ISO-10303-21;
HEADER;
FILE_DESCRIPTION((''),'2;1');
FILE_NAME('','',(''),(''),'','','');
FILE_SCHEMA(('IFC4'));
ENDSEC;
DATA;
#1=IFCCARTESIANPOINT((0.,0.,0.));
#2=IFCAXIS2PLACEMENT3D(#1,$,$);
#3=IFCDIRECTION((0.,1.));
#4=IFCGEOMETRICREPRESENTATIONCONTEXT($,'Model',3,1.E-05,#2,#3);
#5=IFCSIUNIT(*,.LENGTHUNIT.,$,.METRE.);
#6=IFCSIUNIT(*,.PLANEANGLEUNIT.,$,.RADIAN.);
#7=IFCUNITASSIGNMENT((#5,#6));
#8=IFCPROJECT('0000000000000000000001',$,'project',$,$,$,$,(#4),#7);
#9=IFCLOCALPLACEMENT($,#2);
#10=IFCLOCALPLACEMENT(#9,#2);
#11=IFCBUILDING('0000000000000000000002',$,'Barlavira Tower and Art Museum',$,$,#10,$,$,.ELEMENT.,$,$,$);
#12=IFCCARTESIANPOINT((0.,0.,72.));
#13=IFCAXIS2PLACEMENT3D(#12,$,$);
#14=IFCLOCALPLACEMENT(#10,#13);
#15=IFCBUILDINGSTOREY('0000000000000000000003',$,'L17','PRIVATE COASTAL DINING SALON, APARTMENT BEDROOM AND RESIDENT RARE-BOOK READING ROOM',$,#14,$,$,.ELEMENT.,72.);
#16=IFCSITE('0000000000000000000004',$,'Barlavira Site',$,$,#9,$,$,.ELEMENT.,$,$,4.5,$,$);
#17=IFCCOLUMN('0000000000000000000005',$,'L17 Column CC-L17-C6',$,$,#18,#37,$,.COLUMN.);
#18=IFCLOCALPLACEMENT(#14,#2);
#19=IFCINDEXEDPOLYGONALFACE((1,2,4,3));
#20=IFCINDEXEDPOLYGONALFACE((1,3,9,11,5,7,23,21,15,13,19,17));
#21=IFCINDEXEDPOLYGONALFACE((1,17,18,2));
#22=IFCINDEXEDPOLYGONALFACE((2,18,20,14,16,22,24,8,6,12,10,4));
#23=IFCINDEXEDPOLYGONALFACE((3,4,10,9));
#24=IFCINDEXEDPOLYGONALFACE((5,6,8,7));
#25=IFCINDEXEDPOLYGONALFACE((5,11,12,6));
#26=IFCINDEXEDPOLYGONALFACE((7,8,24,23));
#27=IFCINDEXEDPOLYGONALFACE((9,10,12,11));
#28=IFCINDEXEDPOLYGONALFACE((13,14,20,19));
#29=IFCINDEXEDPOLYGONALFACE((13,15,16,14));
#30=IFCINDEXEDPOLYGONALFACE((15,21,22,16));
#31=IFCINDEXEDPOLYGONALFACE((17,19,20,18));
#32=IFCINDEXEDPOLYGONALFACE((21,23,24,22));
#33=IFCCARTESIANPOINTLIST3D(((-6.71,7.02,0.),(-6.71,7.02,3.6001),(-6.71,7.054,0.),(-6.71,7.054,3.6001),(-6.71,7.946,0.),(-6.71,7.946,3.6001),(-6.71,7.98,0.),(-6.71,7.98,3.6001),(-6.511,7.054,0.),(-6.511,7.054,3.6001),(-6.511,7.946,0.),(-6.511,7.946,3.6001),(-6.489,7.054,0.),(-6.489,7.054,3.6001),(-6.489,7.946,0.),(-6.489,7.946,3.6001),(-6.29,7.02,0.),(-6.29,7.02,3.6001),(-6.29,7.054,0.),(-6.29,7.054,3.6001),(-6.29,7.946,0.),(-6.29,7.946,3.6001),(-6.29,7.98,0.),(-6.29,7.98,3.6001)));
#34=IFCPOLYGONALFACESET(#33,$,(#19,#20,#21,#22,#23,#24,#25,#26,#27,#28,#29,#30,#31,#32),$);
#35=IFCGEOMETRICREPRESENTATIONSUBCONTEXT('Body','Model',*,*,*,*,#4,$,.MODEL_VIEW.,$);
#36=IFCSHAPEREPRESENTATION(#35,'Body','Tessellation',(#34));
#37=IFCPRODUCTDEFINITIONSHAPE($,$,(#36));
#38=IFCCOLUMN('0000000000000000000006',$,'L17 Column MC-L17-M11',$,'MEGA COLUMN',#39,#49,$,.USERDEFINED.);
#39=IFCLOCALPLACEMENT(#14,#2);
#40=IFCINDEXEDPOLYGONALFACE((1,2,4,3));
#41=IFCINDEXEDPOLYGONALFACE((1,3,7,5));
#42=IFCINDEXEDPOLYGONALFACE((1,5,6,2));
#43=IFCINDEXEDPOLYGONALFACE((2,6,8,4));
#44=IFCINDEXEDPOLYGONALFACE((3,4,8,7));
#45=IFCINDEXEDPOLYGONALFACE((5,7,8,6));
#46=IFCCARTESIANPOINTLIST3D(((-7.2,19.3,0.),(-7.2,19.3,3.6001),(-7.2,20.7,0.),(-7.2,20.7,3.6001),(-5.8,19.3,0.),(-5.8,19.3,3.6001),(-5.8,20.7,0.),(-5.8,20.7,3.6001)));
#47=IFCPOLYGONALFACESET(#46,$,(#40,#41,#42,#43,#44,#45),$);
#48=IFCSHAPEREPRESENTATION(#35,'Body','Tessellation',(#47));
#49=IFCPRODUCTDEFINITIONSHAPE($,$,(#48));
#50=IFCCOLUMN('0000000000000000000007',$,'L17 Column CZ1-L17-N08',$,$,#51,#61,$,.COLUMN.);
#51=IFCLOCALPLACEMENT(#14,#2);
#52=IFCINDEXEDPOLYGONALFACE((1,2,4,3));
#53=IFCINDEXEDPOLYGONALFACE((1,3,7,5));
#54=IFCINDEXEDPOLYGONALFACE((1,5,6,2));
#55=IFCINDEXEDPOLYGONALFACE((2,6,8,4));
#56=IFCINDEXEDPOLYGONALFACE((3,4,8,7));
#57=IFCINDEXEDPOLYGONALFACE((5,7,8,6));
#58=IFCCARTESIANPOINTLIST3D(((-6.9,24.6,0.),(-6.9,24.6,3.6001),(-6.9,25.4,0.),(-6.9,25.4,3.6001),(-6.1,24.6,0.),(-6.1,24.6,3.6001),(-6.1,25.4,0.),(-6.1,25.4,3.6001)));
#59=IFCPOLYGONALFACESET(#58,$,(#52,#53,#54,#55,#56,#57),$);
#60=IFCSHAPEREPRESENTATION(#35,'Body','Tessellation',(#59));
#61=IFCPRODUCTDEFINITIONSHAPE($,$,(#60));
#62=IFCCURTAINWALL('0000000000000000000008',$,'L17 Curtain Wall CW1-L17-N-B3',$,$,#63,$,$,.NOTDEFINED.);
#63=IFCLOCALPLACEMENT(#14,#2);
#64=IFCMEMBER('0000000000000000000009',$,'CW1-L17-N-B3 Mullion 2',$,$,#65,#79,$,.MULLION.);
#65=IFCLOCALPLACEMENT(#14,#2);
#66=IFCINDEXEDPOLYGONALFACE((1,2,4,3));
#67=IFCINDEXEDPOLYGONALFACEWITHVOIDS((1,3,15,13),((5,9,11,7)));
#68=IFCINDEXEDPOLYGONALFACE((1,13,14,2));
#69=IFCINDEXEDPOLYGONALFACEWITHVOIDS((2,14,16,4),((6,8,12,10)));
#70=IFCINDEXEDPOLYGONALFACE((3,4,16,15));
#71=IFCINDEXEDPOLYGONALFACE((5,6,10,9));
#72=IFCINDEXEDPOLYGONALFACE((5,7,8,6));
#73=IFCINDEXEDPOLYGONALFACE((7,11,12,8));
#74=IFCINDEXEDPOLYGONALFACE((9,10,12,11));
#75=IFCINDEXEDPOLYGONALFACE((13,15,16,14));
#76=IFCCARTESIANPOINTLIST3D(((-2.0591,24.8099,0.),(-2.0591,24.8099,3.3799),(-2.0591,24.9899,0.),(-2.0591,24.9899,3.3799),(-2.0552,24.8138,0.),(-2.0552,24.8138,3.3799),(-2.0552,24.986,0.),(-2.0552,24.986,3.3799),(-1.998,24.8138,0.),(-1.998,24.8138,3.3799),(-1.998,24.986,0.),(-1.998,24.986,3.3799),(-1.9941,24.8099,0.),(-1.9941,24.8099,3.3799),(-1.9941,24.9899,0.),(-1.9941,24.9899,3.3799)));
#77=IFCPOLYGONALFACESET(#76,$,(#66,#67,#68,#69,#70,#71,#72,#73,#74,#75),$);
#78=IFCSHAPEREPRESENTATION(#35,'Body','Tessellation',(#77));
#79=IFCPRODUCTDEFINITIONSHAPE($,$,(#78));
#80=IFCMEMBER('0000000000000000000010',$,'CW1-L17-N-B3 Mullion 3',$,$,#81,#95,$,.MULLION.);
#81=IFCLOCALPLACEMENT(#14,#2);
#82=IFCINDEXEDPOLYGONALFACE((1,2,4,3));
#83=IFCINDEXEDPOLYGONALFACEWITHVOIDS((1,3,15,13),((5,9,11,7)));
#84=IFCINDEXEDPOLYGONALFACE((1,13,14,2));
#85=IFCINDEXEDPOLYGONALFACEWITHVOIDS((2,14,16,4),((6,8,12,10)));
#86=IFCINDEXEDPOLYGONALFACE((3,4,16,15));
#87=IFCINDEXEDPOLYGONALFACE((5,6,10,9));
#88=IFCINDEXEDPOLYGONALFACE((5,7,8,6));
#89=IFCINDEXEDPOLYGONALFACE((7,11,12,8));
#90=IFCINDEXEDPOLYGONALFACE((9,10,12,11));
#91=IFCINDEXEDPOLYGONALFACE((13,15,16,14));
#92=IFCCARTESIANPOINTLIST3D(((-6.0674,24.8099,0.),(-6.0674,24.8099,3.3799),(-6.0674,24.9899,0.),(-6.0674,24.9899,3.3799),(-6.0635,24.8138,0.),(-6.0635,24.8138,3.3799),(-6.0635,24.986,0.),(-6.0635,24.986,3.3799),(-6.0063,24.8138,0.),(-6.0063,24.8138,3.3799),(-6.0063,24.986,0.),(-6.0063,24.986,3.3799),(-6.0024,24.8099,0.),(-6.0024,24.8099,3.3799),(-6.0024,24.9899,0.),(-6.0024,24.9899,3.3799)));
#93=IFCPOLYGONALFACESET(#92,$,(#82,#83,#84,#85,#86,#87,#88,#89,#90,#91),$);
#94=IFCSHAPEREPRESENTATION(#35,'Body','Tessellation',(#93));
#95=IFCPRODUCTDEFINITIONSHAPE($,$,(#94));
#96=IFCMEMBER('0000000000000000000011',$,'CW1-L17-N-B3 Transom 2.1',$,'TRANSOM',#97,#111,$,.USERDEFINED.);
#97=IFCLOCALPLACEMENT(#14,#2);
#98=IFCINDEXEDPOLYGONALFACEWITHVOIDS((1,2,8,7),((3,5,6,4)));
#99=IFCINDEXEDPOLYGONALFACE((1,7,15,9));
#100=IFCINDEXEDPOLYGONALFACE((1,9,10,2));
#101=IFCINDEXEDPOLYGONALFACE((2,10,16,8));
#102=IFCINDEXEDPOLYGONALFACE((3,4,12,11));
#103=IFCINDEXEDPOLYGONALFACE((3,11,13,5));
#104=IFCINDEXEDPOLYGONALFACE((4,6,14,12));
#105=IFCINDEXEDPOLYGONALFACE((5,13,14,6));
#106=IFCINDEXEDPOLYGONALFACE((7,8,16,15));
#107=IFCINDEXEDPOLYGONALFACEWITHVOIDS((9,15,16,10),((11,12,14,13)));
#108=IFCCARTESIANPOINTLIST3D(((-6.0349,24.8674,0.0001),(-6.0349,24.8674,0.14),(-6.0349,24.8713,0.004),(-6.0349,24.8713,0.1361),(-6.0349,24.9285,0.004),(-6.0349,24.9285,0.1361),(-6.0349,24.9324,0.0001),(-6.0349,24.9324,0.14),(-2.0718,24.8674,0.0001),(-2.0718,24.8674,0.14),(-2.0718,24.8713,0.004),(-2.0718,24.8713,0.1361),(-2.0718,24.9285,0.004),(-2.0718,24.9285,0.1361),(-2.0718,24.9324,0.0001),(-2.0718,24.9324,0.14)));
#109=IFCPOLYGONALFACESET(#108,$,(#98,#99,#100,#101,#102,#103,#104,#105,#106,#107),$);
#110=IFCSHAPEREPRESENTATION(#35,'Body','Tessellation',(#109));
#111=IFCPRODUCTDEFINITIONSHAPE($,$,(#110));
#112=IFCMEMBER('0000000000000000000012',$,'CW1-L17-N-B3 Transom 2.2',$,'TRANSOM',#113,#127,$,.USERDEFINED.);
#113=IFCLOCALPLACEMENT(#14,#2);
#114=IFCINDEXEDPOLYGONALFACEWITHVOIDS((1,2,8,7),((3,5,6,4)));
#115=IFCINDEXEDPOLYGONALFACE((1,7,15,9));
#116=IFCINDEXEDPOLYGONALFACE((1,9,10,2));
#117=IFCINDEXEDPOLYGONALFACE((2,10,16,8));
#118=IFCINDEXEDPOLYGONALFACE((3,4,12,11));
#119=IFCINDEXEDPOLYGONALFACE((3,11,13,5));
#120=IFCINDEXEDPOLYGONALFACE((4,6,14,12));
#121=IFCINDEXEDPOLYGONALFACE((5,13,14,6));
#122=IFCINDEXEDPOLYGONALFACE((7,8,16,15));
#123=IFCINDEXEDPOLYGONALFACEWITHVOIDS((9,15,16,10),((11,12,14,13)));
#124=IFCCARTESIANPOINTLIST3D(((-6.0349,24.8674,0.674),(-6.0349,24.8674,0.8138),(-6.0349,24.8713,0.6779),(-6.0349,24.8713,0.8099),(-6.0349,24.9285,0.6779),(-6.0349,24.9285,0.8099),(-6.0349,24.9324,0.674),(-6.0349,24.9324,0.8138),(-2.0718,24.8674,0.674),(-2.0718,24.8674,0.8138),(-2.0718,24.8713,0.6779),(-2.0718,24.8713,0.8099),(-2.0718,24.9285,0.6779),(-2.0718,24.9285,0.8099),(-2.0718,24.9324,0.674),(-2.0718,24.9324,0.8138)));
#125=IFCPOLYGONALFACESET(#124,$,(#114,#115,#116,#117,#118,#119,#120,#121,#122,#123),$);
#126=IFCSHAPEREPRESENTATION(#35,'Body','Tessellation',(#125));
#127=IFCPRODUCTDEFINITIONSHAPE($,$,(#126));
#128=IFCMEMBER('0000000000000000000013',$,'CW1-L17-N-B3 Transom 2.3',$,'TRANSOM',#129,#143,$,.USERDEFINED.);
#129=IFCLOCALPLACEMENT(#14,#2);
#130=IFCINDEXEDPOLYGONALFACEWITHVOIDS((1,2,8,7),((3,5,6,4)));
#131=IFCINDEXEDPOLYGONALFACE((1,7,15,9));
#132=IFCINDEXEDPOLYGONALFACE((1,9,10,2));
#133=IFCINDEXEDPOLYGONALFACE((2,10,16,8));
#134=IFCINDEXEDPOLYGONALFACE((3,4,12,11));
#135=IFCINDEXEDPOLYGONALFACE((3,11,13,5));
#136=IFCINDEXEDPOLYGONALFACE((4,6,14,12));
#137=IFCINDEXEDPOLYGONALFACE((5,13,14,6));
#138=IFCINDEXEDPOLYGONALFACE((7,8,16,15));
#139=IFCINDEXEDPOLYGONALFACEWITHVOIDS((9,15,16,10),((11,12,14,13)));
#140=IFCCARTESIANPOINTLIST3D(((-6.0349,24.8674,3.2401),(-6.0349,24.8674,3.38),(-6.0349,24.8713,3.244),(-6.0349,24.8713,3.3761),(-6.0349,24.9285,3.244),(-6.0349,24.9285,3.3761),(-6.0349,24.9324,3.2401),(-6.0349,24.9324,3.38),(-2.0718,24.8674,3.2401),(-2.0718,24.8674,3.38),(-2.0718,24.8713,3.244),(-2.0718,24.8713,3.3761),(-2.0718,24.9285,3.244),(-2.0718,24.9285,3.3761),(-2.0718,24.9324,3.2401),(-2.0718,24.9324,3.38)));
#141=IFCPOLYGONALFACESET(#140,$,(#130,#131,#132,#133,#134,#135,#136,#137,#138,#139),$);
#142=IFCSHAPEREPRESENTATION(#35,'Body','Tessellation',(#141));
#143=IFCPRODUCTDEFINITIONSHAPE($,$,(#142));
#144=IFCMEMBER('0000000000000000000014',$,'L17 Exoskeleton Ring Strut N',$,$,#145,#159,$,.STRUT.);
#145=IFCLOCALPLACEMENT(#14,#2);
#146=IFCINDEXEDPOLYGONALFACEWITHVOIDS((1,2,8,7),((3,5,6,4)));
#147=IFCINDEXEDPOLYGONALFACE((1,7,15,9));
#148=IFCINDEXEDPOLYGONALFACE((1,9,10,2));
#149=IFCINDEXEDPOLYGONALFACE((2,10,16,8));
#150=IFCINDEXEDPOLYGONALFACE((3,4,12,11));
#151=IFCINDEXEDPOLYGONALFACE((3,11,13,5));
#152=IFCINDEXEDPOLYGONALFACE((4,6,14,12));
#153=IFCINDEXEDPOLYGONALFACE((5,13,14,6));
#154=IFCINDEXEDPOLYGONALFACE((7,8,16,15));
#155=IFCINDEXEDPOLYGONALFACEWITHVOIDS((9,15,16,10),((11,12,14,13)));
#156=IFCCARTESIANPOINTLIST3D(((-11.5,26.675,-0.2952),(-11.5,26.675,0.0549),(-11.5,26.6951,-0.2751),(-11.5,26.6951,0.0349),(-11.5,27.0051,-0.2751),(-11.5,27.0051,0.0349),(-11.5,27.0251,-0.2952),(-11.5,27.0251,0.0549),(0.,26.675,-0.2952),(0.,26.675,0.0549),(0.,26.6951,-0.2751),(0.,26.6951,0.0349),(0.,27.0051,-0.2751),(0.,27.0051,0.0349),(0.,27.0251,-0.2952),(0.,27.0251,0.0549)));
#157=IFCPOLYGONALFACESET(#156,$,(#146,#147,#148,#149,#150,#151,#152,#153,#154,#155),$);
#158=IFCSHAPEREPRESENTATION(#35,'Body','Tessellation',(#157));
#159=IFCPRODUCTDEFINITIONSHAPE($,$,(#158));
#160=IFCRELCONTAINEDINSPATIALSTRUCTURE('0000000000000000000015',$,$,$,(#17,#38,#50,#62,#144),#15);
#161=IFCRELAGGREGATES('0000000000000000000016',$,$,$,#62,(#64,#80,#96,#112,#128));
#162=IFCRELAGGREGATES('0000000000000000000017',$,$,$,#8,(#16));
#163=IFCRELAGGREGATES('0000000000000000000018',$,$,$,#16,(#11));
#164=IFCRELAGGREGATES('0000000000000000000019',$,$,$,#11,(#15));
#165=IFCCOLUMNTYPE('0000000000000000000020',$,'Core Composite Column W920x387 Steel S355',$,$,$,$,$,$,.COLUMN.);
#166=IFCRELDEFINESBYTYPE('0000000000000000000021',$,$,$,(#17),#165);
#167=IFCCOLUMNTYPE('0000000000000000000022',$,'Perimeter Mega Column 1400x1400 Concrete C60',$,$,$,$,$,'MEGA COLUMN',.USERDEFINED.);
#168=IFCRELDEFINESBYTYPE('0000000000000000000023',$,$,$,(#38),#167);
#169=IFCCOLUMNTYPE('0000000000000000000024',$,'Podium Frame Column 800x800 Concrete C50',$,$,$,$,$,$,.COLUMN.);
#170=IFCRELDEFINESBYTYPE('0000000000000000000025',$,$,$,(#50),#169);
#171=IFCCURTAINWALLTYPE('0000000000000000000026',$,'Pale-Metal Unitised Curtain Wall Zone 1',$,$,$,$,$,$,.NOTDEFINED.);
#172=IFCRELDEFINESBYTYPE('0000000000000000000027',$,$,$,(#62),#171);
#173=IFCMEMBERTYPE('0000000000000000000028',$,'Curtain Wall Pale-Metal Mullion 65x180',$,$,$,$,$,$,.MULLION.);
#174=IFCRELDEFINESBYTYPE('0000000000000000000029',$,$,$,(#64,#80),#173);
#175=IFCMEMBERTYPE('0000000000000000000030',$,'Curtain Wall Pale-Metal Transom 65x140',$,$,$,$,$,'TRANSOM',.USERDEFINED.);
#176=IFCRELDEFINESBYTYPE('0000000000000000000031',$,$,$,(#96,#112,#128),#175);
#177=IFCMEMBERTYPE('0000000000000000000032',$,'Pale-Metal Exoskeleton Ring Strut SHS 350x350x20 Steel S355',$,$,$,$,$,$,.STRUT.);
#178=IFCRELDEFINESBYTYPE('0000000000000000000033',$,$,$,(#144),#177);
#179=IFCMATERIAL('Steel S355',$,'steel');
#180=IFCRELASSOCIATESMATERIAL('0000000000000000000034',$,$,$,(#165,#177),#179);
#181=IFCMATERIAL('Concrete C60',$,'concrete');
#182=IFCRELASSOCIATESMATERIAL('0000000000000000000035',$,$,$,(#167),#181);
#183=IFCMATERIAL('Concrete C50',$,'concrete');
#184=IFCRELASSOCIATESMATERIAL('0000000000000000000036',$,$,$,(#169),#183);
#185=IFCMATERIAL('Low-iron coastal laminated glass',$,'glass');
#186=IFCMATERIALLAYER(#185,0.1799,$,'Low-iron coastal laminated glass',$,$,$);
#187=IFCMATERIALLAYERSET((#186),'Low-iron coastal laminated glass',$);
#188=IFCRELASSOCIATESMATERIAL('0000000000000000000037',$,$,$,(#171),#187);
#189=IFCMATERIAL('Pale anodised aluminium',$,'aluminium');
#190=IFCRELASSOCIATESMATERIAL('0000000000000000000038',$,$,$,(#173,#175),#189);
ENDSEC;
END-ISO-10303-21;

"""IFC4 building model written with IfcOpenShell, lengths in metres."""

from ifc_helpers import new_model, si_unit, direction, frame, origin, origin_2d, place, context, subcontext, project, spatial, rectangle, hollow_rectangle, i_section, extrude, material, layer, layer_set, material_profile, profile_set, type_object, element, aggregate, save


model = new_model("IFC4")

# Units and contexts
model_context = context("Model", 3, precision=1e-05, world=origin(), true_north=direction((0.0, 1.0)))
body_context = subcontext(model_context, "Body", "Model", "MODEL_VIEW")
ifc_project = project(units=[si_unit("LENGTHUNIT", "METRE"), si_unit("PLANEANGLEUNIT", "RADIAN")], contexts=[model_context])

# Site, building, storey
site_placement = place(None, origin())
site = spatial("IfcSite", under=ifc_project, at=site_placement, Name="Barlavira Site", CompositionType="ELEMENT", RefElevation=4.5)
building_placement = place(site_placement, origin())
building = spatial("IfcBuilding", under=site, at=building_placement, Name="Barlavira Tower and Art Museum", CompositionType="ELEMENT")
storey_placement = place(building_placement, frame((0.0, 0.0, 72.0)))
storey = spatial("IfcBuildingStorey", under=building, at=storey_placement, Name="L17", Description="PRIVATE COASTAL DINING SALON, APARTMENT BEDROOM AND RESIDENT RARE-BOOK READING ROOM", CompositionType="ELEMENT", Elevation=72.0)

# Columns
ifc_material_1 = material(Name="Steel S355", Category="steel")
ifc_material_profile_1 = material_profile(ifc_material_1, i_section(OverallWidth=0.4199, OverallDepth=0.96, WebThickness=0.022, FlangeThickness=0.0339, at=origin_2d()), Name="W920x387.0")
ifc_profile_set_1 = profile_set([ifc_material_profile_1], Name="Steel S355")
column_type_1 = type_object("IfcColumnType", Name="Core Composite Column W920x387 Steel S355", PredefinedType="COLUMN", material=ifc_profile_set_1)
column_1_placement = place(storey_placement, frame((-6.5, 7.5, 0.0), z_axis=(0.0, 0.0, 1.0), x_axis=(1.0, 0.0, 0.0)))
element("IfcColumn", 1, at=column_1_placement, inside=storey, type_object=column_type_1, Name="L17 Column CC-L17-C6", PredefinedType="COLUMN", context=body_context, shape_type="SweptSolid", body=[
    extrude(i_section(OverallWidth=0.4199, OverallDepth=0.96, WebThickness=0.022, FlangeThickness=0.0339, at=origin_2d()), origin(), (0.0, 0.0, 1.0), 3.6001),
])
ifc_material_2 = material(Name="Concrete C60", Category="concrete")
ifc_material_profile_2 = material_profile(ifc_material_2, rectangle(XDim=1.3999, YDim=1.3999, at=origin_2d()), Name="RC-MCOL 1400x1400")
ifc_profile_set_2 = profile_set([ifc_material_profile_2], Name="Concrete C60")
column_type_2 = type_object("IfcColumnType", Name="Perimeter Mega Column 1400x1400 Concrete C60", ElementType="MEGA COLUMN", PredefinedType="USERDEFINED", material=ifc_profile_set_2)
column_2_placement = place(storey_placement, frame((-6.5, 20.0, 0.0), z_axis=(0.0, 0.0, 1.0), x_axis=(1.0, 0.0, 0.0)))
element("IfcColumn", 2, at=column_2_placement, inside=storey, type_object=column_type_2, Name="L17 Column MC-L17-M11", ObjectType="MEGA COLUMN", PredefinedType="USERDEFINED", context=body_context, shape_type="SweptSolid", body=[
    extrude(rectangle(XDim=1.3999, YDim=1.3999, at=origin_2d()), origin(), (0.0, 0.0, 1.0), 3.6001),
])
ifc_material_3 = material(Name="Concrete C50", Category="concrete")
ifc_material_profile_3 = material_profile(ifc_material_3, rectangle(XDim=0.8, YDim=0.8, at=origin_2d()), Name="RC-COL 800x800")
ifc_profile_set_3 = profile_set([ifc_material_profile_3], Name="Concrete C50")
column_type_3 = type_object("IfcColumnType", Name="Podium Frame Column 800x800 Concrete C50", PredefinedType="COLUMN", material=ifc_profile_set_3)
column_3_placement = place(storey_placement, frame((-6.5, 25.0, 0.0), z_axis=(0.0, 0.0, 1.0), x_axis=(1.0, 0.0, 0.0)))
element("IfcColumn", 3, at=column_3_placement, inside=storey, type_object=column_type_3, Name="L17 Column CZ1-L17-N08", PredefinedType="COLUMN", context=body_context, shape_type="SweptSolid", body=[
    extrude(rectangle(XDim=0.8, YDim=0.8, at=origin_2d()), origin(), (0.0, 0.0, 1.0), 3.6001),
])

# Curtain wall, members
ifc_material_4 = material(Name="Low-iron coastal laminated glass", Category="glass")
ifc_layer_1 = layer(ifc_material_4, 0.1799, Name="Low-iron coastal laminated glass")
ifc_layer_set_1 = layer_set([ifc_layer_1], Name="Low-iron coastal laminated glass")
curtain_wall_type = type_object("IfcCurtainWallType", Name="Pale-Metal Unitised Curtain Wall Zone 1", PredefinedType="NOTDEFINED", material=ifc_layer_set_1)
curtain_wall_placement = place(storey_placement, origin())
curtain_wall = element("IfcCurtainWall", 4, at=curtain_wall_placement, inside=storey, type_object=curtain_wall_type, Name="L17 Curtain Wall CW1-L17-N-B3", PredefinedType="NOTDEFINED")
ifc_material_5 = material(Name="Pale anodised aluminium", Category="aluminium")
ifc_material_profile_4 = material_profile(ifc_material_5, hollow_rectangle(XDim=0.0649, YDim=0.1799, WallThickness=0.0039, at=origin_2d()), Name="ALU-MULL 65x180x4")
ifc_profile_set_4 = profile_set([ifc_material_profile_4], Name="Pale anodised aluminium")
member_type_1 = type_object("IfcMemberType", Name="Curtain Wall Pale-Metal Mullion 65x180", PredefinedType="MULLION", material=ifc_profile_set_4)
member_1_placement = place(storey_placement, frame((-2.0266, 24.8999, 0.0), z_axis=(0.0, 0.0, 1.0), x_axis=(-1.0, 0.0, 0.0)))
member_1 = element("IfcMember", 5, at=member_1_placement, type_object=member_type_1, Name="CW1-L17-N-B3 Mullion 2", PredefinedType="MULLION", context=body_context, shape_type="SweptSolid", body=[
    extrude(hollow_rectangle(XDim=0.0649, YDim=0.1799, WallThickness=0.0039, at=origin_2d()), origin(), (0.0, 0.0, 1.0), 3.3799),
])
member_2_placement = place(storey_placement, frame((-6.0349, 24.8999, 0.0), z_axis=(0.0, 0.0, 1.0), x_axis=(-1.0, 0.0, 0.0)))
member_2 = element("IfcMember", 6, at=member_2_placement, type_object=member_type_1, Name="CW1-L17-N-B3 Mullion 3", PredefinedType="MULLION", context=body_context, shape_type="SweptSolid", body=[
    extrude(hollow_rectangle(XDim=0.0649, YDim=0.1799, WallThickness=0.0039, at=origin_2d()), origin(), (0.0, 0.0, 1.0), 3.3799),
])
ifc_material_profile_5 = material_profile(ifc_material_5, hollow_rectangle(XDim=0.0649, YDim=0.1399, WallThickness=0.0039, at=origin_2d()), Name="ALU-TRAN 65x140x4")
ifc_profile_set_5 = profile_set([ifc_material_profile_5], Name="Pale anodised aluminium")
member_type_2 = type_object("IfcMemberType", Name="Curtain Wall Pale-Metal Transom 65x140", ElementType="TRANSOM", PredefinedType="USERDEFINED", material=ifc_profile_set_5)
member_3_placement = place(storey_placement, frame((-2.0718, 24.8999, 0.0701), z_axis=(-1.0, 0.0, 0.0), x_axis=(0.0, -1.0, 0.0)))
member_3 = element("IfcMember", 7, at=member_3_placement, type_object=member_type_2, Name="CW1-L17-N-B3 Transom 2.1", ObjectType="TRANSOM", PredefinedType="USERDEFINED", context=body_context, shape_type="SweptSolid", body=[
    extrude(hollow_rectangle(XDim=0.0649, YDim=0.1399, WallThickness=0.0039, at=origin_2d()), origin(), (0.0, 0.0, 1.0), 3.9631),
])
member_4_placement = place(storey_placement, frame((-2.0718, 24.8999, 0.7439), z_axis=(-1.0, 0.0, 0.0), x_axis=(0.0, -1.0, 0.0)))
member_4 = element("IfcMember", 8, at=member_4_placement, type_object=member_type_2, Name="CW1-L17-N-B3 Transom 2.2", ObjectType="TRANSOM", PredefinedType="USERDEFINED", context=body_context, shape_type="SweptSolid", body=[
    extrude(hollow_rectangle(XDim=0.0649, YDim=0.1399, WallThickness=0.0039, at=origin_2d()), origin(), (0.0, 0.0, 1.0), 3.9631),
])
member_5_placement = place(storey_placement, frame((-2.0718, 24.8999, 3.3101), z_axis=(-1.0, 0.0, 0.0), x_axis=(0.0, -1.0, 0.0)))
member_5 = element("IfcMember", 9, at=member_5_placement, type_object=member_type_2, Name="CW1-L17-N-B3 Transom 2.3", ObjectType="TRANSOM", PredefinedType="USERDEFINED", context=body_context, shape_type="SweptSolid", body=[
    extrude(hollow_rectangle(XDim=0.0649, YDim=0.1399, WallThickness=0.0039, at=origin_2d()), origin(), (0.0, 0.0, 1.0), 3.9631),
])

# Member
ifc_material_profile_6 = material_profile(ifc_material_1, hollow_rectangle(XDim=0.3501, YDim=0.3501, WallThickness=0.02, at=origin_2d()), Name="SHS 350x350x20.0")
ifc_profile_set_6 = profile_set([ifc_material_profile_6], Name="Steel S355")
member_type_3 = type_object("IfcMemberType", Name="Pale-Metal Exoskeleton Ring Strut SHS 350x350x20 Steel S355", PredefinedType="STRUT", material=ifc_profile_set_6)
member_6_placement = place(storey_placement, frame((-11.5, 26.8501, -0.1201), z_axis=(1.0, 0.0, 0.0), x_axis=(0.0, 1.0, 0.0)))
element("IfcMember", 10, at=member_6_placement, inside=storey, type_object=member_type_3, Name="L17 Exoskeleton Ring Strut N", PredefinedType="STRUT", context=body_context, shape_type="SweptSolid", body=[
    extrude(hollow_rectangle(XDim=0.3501, YDim=0.3501, WallThickness=0.02, at=origin_2d()), origin(), (0.0, 0.0, 1.0), 11.5),
])

aggregate(curtain_wall, [member_1, member_2, member_3, member_4, member_5])

save(model, "model.ifc")
